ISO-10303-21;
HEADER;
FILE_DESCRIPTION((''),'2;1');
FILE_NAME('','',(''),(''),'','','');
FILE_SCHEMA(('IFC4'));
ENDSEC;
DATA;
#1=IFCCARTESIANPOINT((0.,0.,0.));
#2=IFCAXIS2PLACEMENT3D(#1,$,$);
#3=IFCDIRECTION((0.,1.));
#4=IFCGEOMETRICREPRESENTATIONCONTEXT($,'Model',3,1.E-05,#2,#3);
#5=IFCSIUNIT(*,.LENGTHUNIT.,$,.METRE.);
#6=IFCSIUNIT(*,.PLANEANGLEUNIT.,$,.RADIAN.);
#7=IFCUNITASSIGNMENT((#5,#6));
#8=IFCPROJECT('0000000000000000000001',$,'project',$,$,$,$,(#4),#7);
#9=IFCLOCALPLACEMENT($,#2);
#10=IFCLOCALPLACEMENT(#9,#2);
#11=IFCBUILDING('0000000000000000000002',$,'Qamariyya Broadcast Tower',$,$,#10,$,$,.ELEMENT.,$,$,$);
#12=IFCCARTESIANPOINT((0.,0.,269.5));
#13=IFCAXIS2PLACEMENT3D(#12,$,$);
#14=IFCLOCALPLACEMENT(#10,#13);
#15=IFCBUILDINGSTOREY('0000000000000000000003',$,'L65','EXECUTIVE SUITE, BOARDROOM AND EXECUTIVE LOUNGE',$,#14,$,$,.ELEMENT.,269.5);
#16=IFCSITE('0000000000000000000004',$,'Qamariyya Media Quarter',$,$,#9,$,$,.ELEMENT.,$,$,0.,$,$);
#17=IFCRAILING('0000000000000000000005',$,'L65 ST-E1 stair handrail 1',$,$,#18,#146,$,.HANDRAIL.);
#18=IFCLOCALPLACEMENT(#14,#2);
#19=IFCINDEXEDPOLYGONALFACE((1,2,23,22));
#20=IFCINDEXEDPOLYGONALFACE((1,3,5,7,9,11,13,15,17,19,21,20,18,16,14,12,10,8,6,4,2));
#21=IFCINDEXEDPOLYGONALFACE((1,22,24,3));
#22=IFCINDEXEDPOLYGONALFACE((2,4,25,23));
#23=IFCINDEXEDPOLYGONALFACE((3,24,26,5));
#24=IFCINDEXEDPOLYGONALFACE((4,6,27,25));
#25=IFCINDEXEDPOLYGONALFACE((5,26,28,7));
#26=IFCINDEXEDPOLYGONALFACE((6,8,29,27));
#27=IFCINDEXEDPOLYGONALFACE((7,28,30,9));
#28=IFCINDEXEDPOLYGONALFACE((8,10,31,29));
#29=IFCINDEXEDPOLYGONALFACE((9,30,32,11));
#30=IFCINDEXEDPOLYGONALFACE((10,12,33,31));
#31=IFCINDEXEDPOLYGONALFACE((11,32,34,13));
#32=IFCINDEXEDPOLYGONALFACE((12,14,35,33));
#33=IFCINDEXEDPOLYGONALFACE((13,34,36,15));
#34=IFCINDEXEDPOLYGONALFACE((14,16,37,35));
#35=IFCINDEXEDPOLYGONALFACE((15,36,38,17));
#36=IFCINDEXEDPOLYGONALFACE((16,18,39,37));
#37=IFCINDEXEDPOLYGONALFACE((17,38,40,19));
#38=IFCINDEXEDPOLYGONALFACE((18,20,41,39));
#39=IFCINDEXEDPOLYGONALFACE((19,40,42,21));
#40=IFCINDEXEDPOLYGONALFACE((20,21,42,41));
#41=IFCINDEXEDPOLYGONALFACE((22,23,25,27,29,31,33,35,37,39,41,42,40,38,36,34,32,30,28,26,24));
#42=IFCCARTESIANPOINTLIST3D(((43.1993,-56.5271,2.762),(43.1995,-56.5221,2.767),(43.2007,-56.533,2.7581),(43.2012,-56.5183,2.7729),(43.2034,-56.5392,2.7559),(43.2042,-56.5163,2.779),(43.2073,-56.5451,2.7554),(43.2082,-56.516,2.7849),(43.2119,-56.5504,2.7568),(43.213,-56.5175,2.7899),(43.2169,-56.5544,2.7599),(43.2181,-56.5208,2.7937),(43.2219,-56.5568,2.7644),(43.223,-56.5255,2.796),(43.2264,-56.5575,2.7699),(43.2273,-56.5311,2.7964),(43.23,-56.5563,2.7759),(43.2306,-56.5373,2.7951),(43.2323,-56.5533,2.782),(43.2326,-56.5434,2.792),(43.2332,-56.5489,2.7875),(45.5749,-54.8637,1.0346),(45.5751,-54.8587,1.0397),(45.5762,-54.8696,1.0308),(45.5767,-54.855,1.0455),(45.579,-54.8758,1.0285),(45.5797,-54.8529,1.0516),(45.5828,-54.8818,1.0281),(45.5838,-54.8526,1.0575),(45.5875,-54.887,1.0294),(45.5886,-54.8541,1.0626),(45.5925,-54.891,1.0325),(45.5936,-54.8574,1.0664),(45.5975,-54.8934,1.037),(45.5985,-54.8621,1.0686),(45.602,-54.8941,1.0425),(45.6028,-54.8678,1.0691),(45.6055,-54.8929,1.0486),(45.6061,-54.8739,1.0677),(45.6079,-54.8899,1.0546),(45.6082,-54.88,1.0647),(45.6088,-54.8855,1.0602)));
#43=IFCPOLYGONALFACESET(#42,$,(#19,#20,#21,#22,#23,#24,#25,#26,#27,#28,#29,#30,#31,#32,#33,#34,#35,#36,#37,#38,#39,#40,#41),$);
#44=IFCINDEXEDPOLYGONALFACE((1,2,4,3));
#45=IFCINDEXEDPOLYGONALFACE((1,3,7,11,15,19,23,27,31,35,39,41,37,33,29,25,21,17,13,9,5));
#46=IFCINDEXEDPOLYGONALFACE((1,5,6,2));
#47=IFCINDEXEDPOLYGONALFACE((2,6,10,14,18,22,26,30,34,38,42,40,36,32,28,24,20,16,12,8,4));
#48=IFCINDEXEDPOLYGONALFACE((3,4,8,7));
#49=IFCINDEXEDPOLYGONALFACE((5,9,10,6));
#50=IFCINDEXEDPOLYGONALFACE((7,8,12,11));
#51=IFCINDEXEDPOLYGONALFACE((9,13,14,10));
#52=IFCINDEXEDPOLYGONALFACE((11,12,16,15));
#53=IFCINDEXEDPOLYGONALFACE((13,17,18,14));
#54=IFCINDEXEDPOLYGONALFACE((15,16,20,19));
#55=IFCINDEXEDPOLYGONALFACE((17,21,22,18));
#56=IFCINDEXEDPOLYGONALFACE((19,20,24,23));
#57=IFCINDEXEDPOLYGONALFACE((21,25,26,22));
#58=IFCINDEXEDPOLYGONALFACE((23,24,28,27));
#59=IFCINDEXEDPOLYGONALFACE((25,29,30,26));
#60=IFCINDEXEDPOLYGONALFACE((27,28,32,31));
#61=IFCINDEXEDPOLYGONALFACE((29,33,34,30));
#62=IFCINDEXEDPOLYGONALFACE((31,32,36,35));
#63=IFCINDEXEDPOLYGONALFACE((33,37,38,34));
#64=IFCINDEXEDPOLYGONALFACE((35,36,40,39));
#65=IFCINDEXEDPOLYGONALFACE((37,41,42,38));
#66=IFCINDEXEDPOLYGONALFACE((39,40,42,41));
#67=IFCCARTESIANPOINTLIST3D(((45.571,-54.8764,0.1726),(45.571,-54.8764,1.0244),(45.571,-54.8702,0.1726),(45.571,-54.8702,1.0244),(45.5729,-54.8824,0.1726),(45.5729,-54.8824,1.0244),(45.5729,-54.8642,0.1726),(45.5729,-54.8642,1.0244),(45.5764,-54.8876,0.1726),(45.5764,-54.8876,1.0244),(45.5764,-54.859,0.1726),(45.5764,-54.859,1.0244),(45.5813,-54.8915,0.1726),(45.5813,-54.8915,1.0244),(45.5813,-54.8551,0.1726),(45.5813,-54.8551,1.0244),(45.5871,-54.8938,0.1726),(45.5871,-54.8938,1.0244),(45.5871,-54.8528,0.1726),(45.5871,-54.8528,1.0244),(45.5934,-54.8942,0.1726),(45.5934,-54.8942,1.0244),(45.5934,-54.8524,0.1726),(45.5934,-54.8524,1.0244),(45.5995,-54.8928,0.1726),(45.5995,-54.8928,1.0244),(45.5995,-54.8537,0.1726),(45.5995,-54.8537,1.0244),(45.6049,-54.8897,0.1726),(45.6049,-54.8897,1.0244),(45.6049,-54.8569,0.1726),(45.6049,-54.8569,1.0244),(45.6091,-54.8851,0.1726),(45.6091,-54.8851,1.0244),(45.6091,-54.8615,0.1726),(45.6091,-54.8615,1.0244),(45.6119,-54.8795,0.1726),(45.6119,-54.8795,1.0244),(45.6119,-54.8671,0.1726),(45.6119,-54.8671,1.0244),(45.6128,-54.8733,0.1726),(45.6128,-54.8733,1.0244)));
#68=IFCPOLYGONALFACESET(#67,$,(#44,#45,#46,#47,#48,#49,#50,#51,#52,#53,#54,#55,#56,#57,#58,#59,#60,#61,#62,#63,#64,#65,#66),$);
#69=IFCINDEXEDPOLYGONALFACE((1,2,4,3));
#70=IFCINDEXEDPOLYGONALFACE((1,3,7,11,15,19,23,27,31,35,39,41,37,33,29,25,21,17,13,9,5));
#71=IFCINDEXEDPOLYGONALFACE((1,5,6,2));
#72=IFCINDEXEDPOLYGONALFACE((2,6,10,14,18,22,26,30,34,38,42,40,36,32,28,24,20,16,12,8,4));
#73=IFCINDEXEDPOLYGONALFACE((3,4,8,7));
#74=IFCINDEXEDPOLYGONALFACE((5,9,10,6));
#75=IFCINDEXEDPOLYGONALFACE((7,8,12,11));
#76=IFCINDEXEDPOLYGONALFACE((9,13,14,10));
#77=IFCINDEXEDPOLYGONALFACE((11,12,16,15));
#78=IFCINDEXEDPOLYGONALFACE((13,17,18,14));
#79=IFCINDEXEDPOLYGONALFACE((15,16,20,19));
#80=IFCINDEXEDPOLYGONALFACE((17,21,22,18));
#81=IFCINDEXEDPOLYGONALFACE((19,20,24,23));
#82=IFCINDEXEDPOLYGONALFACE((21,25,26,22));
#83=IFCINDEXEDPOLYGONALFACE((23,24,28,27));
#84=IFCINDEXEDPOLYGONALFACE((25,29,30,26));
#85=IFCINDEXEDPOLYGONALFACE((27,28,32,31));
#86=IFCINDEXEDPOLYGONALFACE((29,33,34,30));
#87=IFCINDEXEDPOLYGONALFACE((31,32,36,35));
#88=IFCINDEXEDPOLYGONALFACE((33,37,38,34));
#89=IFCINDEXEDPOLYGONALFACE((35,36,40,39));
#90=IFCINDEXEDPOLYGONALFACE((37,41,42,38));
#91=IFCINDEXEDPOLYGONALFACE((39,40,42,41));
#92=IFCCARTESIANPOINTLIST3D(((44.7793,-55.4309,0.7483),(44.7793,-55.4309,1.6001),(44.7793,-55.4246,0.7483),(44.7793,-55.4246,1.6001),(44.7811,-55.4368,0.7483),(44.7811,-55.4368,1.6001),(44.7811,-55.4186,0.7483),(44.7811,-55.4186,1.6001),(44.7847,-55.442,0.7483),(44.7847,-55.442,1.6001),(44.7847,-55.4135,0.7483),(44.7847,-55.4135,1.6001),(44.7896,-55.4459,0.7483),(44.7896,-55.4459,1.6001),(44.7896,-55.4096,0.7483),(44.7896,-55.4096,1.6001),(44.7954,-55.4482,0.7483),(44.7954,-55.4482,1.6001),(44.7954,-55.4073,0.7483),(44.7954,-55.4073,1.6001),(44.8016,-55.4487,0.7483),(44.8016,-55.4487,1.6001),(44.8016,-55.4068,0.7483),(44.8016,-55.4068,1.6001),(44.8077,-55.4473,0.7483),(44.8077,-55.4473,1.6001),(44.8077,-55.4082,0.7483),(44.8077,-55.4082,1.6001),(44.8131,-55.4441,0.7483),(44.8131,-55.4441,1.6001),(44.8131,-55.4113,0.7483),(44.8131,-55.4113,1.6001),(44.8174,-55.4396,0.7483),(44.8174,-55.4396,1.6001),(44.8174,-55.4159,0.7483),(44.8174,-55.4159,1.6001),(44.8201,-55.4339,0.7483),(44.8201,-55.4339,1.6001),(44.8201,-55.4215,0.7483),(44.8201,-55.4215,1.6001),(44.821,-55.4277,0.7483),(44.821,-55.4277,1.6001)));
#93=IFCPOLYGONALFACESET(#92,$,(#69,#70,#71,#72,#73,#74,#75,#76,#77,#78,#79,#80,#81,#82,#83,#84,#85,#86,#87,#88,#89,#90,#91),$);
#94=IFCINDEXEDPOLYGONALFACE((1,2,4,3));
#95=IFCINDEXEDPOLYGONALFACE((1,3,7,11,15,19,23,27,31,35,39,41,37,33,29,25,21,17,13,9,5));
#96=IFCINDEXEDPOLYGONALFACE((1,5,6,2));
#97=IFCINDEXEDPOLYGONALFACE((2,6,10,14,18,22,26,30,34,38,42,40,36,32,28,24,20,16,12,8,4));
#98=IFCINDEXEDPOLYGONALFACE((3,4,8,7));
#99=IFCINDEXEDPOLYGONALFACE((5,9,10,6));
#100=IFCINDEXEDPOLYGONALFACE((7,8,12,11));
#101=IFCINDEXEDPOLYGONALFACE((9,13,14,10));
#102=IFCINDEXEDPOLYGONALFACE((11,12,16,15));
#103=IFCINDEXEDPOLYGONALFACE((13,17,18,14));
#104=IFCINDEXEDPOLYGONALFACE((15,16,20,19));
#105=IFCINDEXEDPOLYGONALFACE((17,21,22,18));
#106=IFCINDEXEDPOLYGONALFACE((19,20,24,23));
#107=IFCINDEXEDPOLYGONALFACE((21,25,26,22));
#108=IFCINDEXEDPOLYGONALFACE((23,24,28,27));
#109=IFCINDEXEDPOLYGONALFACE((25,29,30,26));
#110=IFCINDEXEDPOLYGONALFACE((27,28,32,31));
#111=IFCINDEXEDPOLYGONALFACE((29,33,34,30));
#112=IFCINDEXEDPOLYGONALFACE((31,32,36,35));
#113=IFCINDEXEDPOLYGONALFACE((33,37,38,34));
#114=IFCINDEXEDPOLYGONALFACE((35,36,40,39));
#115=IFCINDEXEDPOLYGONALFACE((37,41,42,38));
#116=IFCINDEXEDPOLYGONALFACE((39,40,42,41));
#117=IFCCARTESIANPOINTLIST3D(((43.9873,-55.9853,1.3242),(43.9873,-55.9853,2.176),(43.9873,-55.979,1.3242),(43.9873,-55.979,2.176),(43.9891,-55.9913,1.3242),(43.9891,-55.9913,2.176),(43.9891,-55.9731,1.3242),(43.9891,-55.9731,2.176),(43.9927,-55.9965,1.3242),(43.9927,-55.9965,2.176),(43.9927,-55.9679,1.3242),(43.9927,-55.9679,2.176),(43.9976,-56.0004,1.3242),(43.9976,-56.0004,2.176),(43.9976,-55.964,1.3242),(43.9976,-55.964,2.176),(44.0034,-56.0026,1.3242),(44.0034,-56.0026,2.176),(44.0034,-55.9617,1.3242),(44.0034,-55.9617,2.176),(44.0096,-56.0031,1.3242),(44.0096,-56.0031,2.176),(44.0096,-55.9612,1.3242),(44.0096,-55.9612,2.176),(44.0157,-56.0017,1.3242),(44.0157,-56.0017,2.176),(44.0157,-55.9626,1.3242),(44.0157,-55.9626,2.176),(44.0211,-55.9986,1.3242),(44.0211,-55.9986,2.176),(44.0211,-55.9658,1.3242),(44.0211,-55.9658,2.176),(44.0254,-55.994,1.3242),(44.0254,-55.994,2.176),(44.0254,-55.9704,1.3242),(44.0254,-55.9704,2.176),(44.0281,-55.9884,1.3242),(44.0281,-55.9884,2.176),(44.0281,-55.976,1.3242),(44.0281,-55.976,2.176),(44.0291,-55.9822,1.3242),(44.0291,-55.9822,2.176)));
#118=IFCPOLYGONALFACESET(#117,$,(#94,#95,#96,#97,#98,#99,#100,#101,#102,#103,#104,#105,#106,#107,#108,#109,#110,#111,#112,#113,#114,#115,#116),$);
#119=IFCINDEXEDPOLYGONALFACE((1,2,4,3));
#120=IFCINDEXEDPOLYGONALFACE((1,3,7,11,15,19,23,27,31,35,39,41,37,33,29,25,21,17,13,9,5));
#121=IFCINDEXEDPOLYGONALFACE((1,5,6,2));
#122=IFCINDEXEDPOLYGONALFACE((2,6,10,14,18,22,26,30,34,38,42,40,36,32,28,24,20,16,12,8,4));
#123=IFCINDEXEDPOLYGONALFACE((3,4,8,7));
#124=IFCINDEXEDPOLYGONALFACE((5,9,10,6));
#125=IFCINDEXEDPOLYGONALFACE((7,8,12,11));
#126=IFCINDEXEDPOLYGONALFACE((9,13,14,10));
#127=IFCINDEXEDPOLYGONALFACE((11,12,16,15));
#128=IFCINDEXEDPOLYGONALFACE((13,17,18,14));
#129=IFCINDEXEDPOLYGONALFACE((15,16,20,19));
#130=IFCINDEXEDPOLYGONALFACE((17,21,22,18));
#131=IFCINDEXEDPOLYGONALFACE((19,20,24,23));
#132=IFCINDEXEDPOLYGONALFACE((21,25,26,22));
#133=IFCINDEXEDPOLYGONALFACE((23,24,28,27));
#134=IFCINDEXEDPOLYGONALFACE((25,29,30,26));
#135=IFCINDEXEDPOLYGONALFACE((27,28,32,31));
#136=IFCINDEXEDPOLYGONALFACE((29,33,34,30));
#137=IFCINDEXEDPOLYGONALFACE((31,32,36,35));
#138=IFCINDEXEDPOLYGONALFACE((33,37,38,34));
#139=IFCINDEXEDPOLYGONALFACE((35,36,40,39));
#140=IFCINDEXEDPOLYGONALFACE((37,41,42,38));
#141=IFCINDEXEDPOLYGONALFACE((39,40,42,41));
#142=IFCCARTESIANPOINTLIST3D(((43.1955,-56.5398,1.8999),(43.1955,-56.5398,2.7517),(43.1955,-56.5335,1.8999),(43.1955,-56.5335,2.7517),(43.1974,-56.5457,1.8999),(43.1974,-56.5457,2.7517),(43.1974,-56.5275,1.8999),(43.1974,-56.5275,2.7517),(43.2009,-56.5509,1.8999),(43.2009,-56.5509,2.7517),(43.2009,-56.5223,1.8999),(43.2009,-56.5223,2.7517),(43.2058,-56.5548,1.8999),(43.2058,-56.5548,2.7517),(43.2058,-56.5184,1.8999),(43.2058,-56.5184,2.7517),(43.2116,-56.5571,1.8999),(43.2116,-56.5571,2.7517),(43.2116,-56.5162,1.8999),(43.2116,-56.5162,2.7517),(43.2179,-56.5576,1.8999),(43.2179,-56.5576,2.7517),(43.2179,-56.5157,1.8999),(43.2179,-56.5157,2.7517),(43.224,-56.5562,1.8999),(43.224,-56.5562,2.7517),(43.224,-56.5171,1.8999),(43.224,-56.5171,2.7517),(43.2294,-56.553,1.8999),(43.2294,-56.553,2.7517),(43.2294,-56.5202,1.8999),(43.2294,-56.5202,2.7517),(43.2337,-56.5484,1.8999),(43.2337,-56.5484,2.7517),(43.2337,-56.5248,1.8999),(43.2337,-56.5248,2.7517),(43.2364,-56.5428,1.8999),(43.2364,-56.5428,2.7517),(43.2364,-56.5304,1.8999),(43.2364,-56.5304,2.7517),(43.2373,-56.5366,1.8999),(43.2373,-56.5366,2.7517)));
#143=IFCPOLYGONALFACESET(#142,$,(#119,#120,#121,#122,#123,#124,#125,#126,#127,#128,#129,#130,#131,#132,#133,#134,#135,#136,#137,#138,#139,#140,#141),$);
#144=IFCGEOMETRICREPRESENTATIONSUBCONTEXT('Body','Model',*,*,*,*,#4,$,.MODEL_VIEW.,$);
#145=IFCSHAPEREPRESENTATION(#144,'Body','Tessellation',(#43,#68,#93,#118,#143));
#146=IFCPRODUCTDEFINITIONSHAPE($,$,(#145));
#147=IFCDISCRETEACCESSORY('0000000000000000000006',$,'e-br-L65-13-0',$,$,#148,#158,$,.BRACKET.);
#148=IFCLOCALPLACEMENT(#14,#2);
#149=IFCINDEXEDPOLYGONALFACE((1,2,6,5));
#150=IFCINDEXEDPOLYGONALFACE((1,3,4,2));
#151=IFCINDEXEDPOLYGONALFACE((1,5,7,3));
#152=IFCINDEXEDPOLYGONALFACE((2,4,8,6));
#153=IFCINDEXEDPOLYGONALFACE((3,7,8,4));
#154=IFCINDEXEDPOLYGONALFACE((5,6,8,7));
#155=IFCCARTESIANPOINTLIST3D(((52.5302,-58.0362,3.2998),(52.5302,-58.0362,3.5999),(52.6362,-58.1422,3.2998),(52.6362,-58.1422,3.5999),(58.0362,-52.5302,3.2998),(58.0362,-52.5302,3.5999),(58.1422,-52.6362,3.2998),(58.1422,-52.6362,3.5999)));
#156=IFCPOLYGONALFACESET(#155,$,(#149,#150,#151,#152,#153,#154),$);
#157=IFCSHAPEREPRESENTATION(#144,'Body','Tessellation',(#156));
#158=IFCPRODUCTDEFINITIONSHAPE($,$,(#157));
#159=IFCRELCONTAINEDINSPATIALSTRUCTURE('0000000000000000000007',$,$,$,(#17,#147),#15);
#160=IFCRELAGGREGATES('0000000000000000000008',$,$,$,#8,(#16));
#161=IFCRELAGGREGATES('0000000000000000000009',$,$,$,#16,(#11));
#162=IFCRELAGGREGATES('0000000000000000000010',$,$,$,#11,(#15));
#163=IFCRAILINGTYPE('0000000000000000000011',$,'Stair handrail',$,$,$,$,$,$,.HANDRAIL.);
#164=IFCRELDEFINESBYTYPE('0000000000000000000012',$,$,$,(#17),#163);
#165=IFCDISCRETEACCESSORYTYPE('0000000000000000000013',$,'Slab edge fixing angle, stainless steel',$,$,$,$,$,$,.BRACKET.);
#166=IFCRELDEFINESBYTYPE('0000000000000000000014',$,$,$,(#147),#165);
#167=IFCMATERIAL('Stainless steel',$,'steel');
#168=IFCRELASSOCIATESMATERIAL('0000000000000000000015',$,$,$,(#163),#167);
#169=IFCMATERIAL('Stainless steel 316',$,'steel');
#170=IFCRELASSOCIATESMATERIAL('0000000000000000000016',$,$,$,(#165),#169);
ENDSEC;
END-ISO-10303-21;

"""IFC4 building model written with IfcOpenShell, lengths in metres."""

from ifc_helpers import new_model, si_unit, direction, frame, origin, origin_2d, place, context, subcontext, project, spatial, rectangle, circle, extrude, material, type_object, element, save


model = new_model("IFC4")

# Units and contexts
model_context = context("Model", 3, precision=1e-05, world=origin(), true_north=direction((0.0, 1.0)))
body_context = subcontext(model_context, "Body", "Model", "MODEL_VIEW")
ifc_project = project(units=[si_unit("LENGTHUNIT", "METRE"), si_unit("PLANEANGLEUNIT", "RADIAN")], contexts=[model_context])

# Site, building, storey
site_placement = place(None, origin())
site = spatial("IfcSite", under=ifc_project, at=site_placement, Name="Qamariyya Media Quarter", CompositionType="ELEMENT", RefElevation=0.0)
building_placement = place(site_placement, origin())
building = spatial("IfcBuilding", under=site, at=building_placement, Name="Qamariyya Broadcast Tower", CompositionType="ELEMENT")
storey_placement = place(building_placement, frame((0.0, 0.0, 269.5)))
storey = spatial("IfcBuildingStorey", under=building, at=storey_placement, Name="L65", Description="EXECUTIVE SUITE, BOARDROOM AND EXECUTIVE LOUNGE", CompositionType="ELEMENT", Elevation=269.5)

# Railing
ifc_material_1 = material(Name="Stainless steel", Category="steel")
railing_type_1 = type_object("IfcRailingType", Name="Stair handrail", PredefinedType="HANDRAIL", material=ifc_material_1)
railing_1_placement = place(storey_placement, frame((45.5918, -54.8733, 0.1726)))
element("IfcRailing", 1, at=railing_1_placement, inside=storey, type_object=railing_type_1, Name="L65 ST-E1 stair handrail 1", PredefinedType="HANDRAIL", context=body_context, shape_type="SweptSolid", body=[
    extrude(circle(Radius=0.0239, at=origin_2d()), frame((0.0, 0.0, 0.876), z_axis=(-0.70377, -0.492784, 0.511734), x_axis=(0.573575, -0.819153, 0.0)), (0.0, 0.0, 1.0), 3.3755),
    extrude(circle(Radius=0.021, at=origin_2d()), origin(), (0.0, 0.0, 1.0), 0.8518),
    extrude(circle(Radius=0.021, at=origin_2d()), frame((-0.7917, -0.5544, 0.5757)), (0.0, 0.0, 1.0), 0.8518),
    extrude(circle(Radius=0.021, at=origin_2d()), frame((-1.5837, -1.1089, 1.1516)), (0.0, 0.0, 1.0), 0.8518),
    extrude(circle(Radius=0.021, at=origin_2d()), frame((-2.3755, -1.6633, 1.7273)), (0.0, 0.0, 1.0), 0.8518),
])

# Discrete accessory
ifc_material_2 = material(Name="Stainless steel 316", Category="steel")
discrete_accessory_type = type_object("IfcDiscreteAccessoryType", Name="Slab edge fixing angle, stainless steel", PredefinedType="BRACKET", material=ifc_material_2)
discrete_accessory_placement = place(storey_placement, frame((55.3362, -55.3362, 3.2998), z_axis=(0.0, 0.0, 1.0), x_axis=(0.707107, 0.707107, 0.0)))
element("IfcDiscreteAccessory", 2, at=discrete_accessory_placement, inside=storey, type_object=discrete_accessory_type, Name="e-br-L65-13-0", PredefinedType="BRACKET", context=body_context, shape_type="SweptSolid", body=[
    extrude(rectangle(XDim=7.7866, YDim=0.1499, at=origin_2d()), origin(), (0.0, 0.0, 1.0), 0.3),
])

save(model, "model.ifc")
